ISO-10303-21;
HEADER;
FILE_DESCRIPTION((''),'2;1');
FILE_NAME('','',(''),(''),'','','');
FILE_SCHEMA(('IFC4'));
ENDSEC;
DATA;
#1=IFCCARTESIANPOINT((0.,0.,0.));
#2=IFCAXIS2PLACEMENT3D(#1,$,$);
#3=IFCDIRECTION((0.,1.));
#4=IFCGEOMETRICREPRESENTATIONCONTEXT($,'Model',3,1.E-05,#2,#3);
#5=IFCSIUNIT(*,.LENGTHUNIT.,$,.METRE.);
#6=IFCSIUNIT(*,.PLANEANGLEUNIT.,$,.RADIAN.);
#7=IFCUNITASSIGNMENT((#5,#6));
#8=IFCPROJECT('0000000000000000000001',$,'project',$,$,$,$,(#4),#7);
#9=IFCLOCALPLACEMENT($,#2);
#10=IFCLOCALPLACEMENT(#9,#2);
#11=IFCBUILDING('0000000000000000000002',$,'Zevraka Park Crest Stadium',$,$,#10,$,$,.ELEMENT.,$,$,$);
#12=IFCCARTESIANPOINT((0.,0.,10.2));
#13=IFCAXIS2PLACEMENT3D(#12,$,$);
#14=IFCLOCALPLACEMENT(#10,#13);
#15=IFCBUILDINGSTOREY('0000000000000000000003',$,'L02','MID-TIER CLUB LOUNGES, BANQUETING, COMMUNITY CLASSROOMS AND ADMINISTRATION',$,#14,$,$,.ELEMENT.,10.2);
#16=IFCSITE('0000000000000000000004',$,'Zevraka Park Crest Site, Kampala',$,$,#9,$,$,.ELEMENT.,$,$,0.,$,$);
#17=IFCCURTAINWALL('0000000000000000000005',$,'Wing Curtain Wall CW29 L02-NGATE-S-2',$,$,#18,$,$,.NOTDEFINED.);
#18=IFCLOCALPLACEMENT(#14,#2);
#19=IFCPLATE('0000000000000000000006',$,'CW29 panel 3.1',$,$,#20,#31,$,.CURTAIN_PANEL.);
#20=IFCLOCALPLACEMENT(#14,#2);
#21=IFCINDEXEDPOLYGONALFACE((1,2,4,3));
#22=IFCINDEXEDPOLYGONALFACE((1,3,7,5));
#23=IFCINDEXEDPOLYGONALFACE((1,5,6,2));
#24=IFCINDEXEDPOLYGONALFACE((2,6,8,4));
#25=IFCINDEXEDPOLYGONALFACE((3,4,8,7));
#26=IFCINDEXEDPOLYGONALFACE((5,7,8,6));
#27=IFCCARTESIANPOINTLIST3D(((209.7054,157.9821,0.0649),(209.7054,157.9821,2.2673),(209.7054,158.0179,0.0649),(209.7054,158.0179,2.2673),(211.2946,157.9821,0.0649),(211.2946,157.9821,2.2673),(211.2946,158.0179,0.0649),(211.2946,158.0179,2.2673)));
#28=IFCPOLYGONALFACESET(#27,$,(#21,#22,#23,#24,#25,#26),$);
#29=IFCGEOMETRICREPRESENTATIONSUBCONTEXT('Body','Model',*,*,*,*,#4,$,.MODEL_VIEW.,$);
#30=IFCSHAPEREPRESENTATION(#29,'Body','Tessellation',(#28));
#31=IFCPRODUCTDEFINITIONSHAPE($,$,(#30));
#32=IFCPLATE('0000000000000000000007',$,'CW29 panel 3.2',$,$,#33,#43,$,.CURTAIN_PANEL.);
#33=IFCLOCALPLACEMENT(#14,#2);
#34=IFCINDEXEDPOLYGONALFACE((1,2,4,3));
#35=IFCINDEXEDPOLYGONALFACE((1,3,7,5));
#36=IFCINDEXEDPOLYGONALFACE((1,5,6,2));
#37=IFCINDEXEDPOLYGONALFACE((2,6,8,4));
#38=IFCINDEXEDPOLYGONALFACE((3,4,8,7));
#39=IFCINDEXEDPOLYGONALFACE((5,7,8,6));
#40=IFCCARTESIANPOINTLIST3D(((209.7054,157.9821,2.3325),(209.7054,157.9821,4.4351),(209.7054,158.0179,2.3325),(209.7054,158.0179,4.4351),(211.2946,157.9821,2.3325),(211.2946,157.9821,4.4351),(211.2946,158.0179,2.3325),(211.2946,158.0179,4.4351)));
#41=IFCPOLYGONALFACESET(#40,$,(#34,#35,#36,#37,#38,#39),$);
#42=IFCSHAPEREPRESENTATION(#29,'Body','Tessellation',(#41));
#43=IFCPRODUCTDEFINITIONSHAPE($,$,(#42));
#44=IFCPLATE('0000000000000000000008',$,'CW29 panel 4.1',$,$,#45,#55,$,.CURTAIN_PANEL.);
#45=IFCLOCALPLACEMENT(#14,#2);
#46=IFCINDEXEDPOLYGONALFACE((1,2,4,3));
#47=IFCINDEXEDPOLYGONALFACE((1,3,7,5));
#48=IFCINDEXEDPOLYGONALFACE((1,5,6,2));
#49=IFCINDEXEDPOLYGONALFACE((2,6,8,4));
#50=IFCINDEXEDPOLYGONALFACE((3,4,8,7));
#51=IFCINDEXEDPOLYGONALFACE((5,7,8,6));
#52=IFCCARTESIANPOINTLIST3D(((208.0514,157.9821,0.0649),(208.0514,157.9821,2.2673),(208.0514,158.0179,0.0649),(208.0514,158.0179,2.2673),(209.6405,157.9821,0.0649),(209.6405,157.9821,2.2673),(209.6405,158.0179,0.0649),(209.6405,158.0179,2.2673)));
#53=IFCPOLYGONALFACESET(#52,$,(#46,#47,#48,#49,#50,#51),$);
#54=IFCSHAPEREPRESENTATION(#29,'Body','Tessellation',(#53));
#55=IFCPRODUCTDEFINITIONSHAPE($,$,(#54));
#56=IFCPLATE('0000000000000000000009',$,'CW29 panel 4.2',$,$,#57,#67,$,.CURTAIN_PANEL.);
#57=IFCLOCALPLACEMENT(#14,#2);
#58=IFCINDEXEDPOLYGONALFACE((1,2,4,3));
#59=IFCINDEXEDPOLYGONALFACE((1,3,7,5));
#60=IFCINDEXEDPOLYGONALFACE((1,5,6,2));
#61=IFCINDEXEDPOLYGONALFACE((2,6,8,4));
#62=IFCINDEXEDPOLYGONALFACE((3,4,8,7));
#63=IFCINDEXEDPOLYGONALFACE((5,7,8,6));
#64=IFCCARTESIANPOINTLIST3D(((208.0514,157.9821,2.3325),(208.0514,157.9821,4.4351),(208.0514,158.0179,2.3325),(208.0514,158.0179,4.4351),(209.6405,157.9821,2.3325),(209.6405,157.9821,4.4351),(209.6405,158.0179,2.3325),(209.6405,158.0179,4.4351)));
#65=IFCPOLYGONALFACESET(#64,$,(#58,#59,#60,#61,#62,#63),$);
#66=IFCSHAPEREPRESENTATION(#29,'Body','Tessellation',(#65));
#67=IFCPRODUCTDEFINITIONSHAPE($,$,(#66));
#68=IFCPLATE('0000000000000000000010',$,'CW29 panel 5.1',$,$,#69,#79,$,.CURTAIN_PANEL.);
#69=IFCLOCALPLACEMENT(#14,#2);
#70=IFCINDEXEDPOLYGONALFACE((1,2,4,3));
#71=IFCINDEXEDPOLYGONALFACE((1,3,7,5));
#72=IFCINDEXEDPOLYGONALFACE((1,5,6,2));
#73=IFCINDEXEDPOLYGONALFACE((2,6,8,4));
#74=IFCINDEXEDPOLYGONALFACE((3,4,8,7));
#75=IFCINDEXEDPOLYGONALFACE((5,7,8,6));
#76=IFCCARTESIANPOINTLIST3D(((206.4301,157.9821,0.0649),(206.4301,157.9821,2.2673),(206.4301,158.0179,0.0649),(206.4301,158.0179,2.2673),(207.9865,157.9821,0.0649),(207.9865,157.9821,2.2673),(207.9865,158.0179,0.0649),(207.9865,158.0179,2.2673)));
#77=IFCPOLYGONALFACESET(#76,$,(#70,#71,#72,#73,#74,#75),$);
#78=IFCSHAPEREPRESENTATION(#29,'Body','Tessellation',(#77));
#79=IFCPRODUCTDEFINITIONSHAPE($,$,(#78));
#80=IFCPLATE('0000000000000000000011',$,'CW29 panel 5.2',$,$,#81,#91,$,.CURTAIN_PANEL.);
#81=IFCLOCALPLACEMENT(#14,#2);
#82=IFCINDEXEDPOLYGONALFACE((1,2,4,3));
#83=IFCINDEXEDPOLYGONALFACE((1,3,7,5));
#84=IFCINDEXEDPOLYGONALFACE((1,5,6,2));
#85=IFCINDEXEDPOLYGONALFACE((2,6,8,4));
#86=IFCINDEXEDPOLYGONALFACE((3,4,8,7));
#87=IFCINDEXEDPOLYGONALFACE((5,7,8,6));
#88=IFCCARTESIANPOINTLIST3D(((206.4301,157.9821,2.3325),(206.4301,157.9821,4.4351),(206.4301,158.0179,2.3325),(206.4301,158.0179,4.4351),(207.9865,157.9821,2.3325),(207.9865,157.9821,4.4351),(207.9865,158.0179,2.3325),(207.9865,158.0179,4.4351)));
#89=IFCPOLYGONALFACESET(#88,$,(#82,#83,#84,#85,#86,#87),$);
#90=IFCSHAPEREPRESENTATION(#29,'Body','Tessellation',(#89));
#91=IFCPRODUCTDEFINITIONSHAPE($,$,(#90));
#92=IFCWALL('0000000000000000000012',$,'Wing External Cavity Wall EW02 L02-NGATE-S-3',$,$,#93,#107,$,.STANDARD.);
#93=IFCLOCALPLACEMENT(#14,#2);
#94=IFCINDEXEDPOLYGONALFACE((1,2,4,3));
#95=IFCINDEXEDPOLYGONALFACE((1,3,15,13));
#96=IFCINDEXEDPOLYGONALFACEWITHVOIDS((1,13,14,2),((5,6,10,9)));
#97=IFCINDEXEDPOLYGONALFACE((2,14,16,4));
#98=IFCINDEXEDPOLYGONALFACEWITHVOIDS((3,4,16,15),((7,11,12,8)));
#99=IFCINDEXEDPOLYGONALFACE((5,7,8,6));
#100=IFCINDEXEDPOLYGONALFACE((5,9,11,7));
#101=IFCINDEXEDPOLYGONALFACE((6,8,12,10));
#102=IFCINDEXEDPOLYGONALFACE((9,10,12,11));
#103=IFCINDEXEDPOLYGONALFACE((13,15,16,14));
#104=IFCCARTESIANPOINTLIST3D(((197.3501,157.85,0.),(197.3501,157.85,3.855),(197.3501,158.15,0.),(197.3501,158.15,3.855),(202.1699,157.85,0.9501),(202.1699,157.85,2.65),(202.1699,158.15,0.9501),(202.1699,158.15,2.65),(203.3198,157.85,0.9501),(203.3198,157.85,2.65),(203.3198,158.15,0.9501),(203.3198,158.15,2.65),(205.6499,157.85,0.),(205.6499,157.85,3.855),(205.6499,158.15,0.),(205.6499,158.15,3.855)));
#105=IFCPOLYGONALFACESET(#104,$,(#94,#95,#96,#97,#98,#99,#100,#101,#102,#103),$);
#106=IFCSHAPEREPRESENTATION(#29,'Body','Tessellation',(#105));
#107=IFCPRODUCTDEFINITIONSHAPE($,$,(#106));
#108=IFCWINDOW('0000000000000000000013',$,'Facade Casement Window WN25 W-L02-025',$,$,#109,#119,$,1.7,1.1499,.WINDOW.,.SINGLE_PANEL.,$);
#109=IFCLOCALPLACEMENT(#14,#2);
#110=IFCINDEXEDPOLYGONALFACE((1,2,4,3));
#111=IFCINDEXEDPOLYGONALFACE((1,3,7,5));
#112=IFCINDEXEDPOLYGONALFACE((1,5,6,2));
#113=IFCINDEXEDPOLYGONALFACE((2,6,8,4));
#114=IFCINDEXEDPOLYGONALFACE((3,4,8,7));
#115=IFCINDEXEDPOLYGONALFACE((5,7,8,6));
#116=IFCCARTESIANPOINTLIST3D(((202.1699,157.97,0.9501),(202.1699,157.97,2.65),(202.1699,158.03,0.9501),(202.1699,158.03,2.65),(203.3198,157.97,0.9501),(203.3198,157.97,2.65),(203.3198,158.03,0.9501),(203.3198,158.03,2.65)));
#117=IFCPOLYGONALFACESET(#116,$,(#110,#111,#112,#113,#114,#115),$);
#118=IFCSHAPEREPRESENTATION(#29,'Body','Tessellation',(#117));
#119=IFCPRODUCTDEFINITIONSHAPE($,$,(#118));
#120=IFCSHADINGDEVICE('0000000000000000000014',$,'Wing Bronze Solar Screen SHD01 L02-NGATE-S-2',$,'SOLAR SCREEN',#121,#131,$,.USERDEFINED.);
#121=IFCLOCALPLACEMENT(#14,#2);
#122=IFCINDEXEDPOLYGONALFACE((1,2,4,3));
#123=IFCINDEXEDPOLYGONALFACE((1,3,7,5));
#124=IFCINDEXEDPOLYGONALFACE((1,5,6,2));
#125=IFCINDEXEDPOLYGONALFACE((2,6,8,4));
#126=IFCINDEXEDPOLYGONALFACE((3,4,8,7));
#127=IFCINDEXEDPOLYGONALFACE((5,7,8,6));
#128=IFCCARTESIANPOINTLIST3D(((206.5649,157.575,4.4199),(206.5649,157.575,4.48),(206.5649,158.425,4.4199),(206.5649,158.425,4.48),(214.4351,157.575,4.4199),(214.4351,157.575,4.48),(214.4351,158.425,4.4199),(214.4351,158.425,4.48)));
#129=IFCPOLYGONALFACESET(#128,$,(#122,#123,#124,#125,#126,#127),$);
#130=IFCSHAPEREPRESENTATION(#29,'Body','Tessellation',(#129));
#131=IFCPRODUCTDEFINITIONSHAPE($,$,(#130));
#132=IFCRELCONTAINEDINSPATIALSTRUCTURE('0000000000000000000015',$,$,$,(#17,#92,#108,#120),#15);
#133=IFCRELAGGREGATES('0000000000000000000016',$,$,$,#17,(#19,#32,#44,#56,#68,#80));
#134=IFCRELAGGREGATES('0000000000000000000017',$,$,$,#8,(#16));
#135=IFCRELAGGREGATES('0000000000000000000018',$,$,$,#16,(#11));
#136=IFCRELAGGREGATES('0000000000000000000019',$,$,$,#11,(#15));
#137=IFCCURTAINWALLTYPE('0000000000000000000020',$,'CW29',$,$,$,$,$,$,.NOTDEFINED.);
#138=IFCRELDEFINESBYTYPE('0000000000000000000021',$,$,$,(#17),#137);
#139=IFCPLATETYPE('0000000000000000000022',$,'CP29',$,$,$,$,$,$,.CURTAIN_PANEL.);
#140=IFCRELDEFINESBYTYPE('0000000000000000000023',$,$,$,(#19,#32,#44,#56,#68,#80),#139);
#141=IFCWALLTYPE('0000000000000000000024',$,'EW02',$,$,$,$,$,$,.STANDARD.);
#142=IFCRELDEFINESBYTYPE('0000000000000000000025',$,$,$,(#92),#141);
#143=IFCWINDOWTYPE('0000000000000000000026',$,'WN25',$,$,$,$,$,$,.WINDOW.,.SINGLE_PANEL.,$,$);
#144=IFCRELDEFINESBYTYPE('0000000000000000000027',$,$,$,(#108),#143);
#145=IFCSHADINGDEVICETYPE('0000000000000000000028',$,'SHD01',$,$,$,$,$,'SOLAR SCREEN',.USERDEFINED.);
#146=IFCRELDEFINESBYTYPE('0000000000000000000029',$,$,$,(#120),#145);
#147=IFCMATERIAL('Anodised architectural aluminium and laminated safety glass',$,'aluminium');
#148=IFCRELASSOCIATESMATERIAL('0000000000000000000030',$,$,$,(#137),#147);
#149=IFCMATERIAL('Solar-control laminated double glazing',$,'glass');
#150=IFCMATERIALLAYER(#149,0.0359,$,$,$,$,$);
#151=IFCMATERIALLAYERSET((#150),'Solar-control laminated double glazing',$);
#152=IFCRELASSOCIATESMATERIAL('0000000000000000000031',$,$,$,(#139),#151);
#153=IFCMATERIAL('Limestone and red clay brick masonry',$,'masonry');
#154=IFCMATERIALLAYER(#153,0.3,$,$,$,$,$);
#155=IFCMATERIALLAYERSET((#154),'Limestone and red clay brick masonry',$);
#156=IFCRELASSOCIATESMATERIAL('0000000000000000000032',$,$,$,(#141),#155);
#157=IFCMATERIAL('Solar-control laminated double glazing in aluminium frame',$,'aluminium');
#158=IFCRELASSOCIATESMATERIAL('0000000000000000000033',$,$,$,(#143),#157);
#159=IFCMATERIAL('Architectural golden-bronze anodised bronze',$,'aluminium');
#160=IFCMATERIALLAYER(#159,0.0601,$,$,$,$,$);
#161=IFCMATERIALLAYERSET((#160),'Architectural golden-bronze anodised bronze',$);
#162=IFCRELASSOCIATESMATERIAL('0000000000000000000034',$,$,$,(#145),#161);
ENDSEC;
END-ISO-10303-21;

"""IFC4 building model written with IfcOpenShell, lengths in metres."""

from ifc_helpers import new_model, si_unit, direction, frame, frame_2d, origin, origin_2d, place, context, subcontext, project, spatial, rectangle, extrude, material, layer, layer_set, type_object, element, fill, aggregate, save


model = new_model("IFC4")

# Units and contexts
model_context = context("Model", 3, precision=1e-05, world=origin(), true_north=direction((0.0, 1.0)))
body_context = subcontext(model_context, "Body", "Model", "MODEL_VIEW")
ifc_project = project(units=[si_unit("LENGTHUNIT", "METRE"), si_unit("PLANEANGLEUNIT", "RADIAN")], contexts=[model_context])

# Site, building, storey
site_placement = place(None, origin())
site = spatial("IfcSite", under=ifc_project, at=site_placement, Name="Zevraka Park Crest Site, Kampala", CompositionType="ELEMENT", RefElevation=0.0)
building_placement = place(site_placement, origin())
building = spatial("IfcBuilding", under=site, at=building_placement, Name="Zevraka Park Crest Stadium", CompositionType="ELEMENT")
storey_placement = place(building_placement, frame((0.0, 0.0, 10.2)))
storey = spatial("IfcBuildingStorey", under=building, at=storey_placement, Name="L02", Description="MID-TIER CLUB LOUNGES, BANQUETING, COMMUNITY CLASSROOMS AND ADMINISTRATION", CompositionType="ELEMENT", Elevation=10.2)

# Curtain wall, plates
ifc_material_1 = material(Name="Anodised architectural aluminium and laminated safety glass", Category="aluminium")
curtain_wall_type = type_object("IfcCurtainWallType", Name="CW29", PredefinedType="NOTDEFINED", material=ifc_material_1)
curtain_wall_placement = place(storey_placement, origin())
curtain_wall = element("IfcCurtainWall", 1, at=curtain_wall_placement, inside=storey, type_object=curtain_wall_type, Name="Wing Curtain Wall CW29 L02-NGATE-S-2", PredefinedType="NOTDEFINED")
ifc_material_2 = material(Name="Solar-control laminated double glazing", Category="glass")
ifc_layer_1 = layer(ifc_material_2, 0.0359)
ifc_layer_set_1 = layer_set([ifc_layer_1], Name="Solar-control laminated double glazing")
plate_type = type_object("IfcPlateType", Name="CP29", PredefinedType="CURTAIN_PANEL", material=ifc_layer_set_1)
plate_1_placement = place(storey_placement, frame((210.5, 158.0, 0.0649), z_axis=(0.0, 0.0, 1.0), x_axis=(-1.0, 0.0, 0.0)))
plate_1 = element("IfcPlate", 2, at=plate_1_placement, type_object=plate_type, Name="CW29 panel 3.1", PredefinedType="CURTAIN_PANEL", context=body_context, shape_type="SweptSolid", body=[
    extrude(rectangle(XDim=1.5891, YDim=0.0359, at=origin_2d()), origin(), (0.0, 0.0, 1.0), 2.2024),
])
plate_2_placement = place(storey_placement, frame((210.5, 158.0, 2.3325), z_axis=(0.0, 0.0, 1.0), x_axis=(-1.0, 0.0, 0.0)))
plate_2 = element("IfcPlate", 3, at=plate_2_placement, type_object=plate_type, Name="CW29 panel 3.2", PredefinedType="CURTAIN_PANEL", context=body_context, shape_type="SweptSolid", body=[
    extrude(rectangle(XDim=1.5891, YDim=0.0359, at=origin_2d()), origin(), (0.0, 0.0, 1.0), 2.1025),
])
plate_3_placement = place(storey_placement, frame((208.8459, 158.0, 0.0649), z_axis=(0.0, 0.0, 1.0), x_axis=(-1.0, 0.0, 0.0)))
plate_3 = element("IfcPlate", 4, at=plate_3_placement, type_object=plate_type, Name="CW29 panel 4.1", PredefinedType="CURTAIN_PANEL", context=body_context, shape_type="SweptSolid", body=[
    extrude(rectangle(XDim=1.5891, YDim=0.0359, at=origin_2d()), origin(), (0.0, 0.0, 1.0), 2.2024),
])
plate_4_placement = place(storey_placement, frame((208.8459, 158.0, 2.3325), z_axis=(0.0, 0.0, 1.0), x_axis=(-1.0, 0.0, 0.0)))
plate_4 = element("IfcPlate", 5, at=plate_4_placement, type_object=plate_type, Name="CW29 panel 4.2", PredefinedType="CURTAIN_PANEL", context=body_context, shape_type="SweptSolid", body=[
    extrude(rectangle(XDim=1.5891, YDim=0.0359, at=origin_2d()), origin(), (0.0, 0.0, 1.0), 2.1025),
])
plate_5_placement = place(storey_placement, frame((207.2083, 158.0, 0.0649), z_axis=(0.0, 0.0, 1.0), x_axis=(-1.0, 0.0, 0.0)))
plate_5 = element("IfcPlate", 6, at=plate_5_placement, type_object=plate_type, Name="CW29 panel 5.1", PredefinedType="CURTAIN_PANEL", context=body_context, shape_type="SweptSolid", body=[
    extrude(rectangle(XDim=1.5564, YDim=0.0359, at=origin_2d()), origin(), (0.0, 0.0, 1.0), 2.2024),
])
plate_6_placement = place(storey_placement, frame((207.2083, 158.0, 2.3325), z_axis=(0.0, 0.0, 1.0), x_axis=(-1.0, 0.0, 0.0)))
plate_6 = element("IfcPlate", 7, at=plate_6_placement, type_object=plate_type, Name="CW29 panel 5.2", PredefinedType="CURTAIN_PANEL", context=body_context, shape_type="SweptSolid", body=[
    extrude(rectangle(XDim=1.5564, YDim=0.0359, at=origin_2d()), origin(), (0.0, 0.0, 1.0), 2.1025),
])
aggregate(curtain_wall, [plate_1, plate_2, plate_3, plate_4, plate_5, plate_6])

# Wall, opening, window
ifc_material_3 = material(Name="Limestone and red clay brick masonry", Category="masonry")
ifc_layer_2 = layer(ifc_material_3, 0.3)
ifc_layer_set_2 = layer_set([ifc_layer_2], Name="Limestone and red clay brick masonry")
wall_type = type_object("IfcWallType", Name="EW02", PredefinedType="STANDARD", material=ifc_layer_set_2)
wall_placement = place(storey_placement, frame((205.6499, 158.0, 0.0), z_axis=(0.0, 0.0, 1.0), x_axis=(-1.0, 0.0, 0.0)))
wall = element("IfcWall", 8, at=wall_placement, inside=storey, type_object=wall_type, Name="Wing External Cavity Wall EW02 L02-NGATE-S-3", PredefinedType="STANDARD", context=body_context, shape_type="SweptSolid", body=[
    extrude(rectangle(XDim=8.2998, YDim=0.3, at=frame_2d((4.1499, 0.0))), origin(), (0.0, 0.0, 1.0), 3.855),
])
opening_placement = place(wall_placement, frame((2.3301, 0.0, 0.95)))
opening = element("IfcOpeningElement", 9, at=opening_placement, cuts=wall, PredefinedType="OPENING", context=body_context, shape_type="SweptSolid", body=[
    extrude(rectangle(XDim=1.1499, YDim=1.7, at=frame_2d((0.575, 0.8501))), frame((0.0, 0.1599, 0.0), z_axis=(0.0, -1.0, 0.0), x_axis=(1.0, 0.0, 0.0)), (0.0, 0.0, 1.0), 0.3201),
])
ifc_material_4 = material(Name="Solar-control laminated double glazing in aluminium frame", Category="aluminium")
window_type = type_object("IfcWindowType", Name="WN25", PartitioningType="SINGLE_PANEL", PredefinedType="WINDOW", material=ifc_material_4)
window_placement = place(opening_placement, origin())
window = element("IfcWindow", 10, at=window_placement, inside=storey, type_object=window_type, Name="Facade Casement Window WN25 W-L02-025", OverallHeight=1.7, OverallWidth=1.1499, PartitioningType="SINGLE_PANEL", PredefinedType="WINDOW", context=body_context, shape_type="SweptSolid", body=[
    extrude(rectangle(XDim=1.1499, YDim=1.7, at=frame_2d((0.575, 0.8501))), frame((0.0, 0.03, 0.0), z_axis=(0.0, -1.0, 0.0), x_axis=(1.0, 0.0, 0.0)), (0.0, 0.0, 1.0), 0.0601),
])
fill(opening, window)

# Shading device
ifc_material_5 = material(Name="Architectural golden-bronze anodised bronze", Category="aluminium")
ifc_layer_3 = layer(ifc_material_5, 0.0601)
ifc_layer_set_3 = layer_set([ifc_layer_3], Name="Architectural golden-bronze anodised bronze")
shading_device_type = type_object("IfcShadingDeviceType", Name="SHD01", ElementType="SOLAR SCREEN", PredefinedType="USERDEFINED", material=ifc_layer_set_3)
shading_device_placement = place(storey_placement, frame((210.5, 158.0, 4.4199), z_axis=(0.0, 0.0, 1.0), x_axis=(-1.0, 0.0, 0.0)))
element("IfcShadingDevice", 11, at=shading_device_placement, inside=storey, type_object=shading_device_type, Name="Wing Bronze Solar Screen SHD01 L02-NGATE-S-2", ObjectType="SOLAR SCREEN", PredefinedType="USERDEFINED", context=body_context, shape_type="SweptSolid", body=[
    extrude(rectangle(XDim=7.8701, YDim=0.8501, at=origin_2d()), origin(), (0.0, 0.0, 1.0), 0.0601),
])

save(model, "model.ifc")
